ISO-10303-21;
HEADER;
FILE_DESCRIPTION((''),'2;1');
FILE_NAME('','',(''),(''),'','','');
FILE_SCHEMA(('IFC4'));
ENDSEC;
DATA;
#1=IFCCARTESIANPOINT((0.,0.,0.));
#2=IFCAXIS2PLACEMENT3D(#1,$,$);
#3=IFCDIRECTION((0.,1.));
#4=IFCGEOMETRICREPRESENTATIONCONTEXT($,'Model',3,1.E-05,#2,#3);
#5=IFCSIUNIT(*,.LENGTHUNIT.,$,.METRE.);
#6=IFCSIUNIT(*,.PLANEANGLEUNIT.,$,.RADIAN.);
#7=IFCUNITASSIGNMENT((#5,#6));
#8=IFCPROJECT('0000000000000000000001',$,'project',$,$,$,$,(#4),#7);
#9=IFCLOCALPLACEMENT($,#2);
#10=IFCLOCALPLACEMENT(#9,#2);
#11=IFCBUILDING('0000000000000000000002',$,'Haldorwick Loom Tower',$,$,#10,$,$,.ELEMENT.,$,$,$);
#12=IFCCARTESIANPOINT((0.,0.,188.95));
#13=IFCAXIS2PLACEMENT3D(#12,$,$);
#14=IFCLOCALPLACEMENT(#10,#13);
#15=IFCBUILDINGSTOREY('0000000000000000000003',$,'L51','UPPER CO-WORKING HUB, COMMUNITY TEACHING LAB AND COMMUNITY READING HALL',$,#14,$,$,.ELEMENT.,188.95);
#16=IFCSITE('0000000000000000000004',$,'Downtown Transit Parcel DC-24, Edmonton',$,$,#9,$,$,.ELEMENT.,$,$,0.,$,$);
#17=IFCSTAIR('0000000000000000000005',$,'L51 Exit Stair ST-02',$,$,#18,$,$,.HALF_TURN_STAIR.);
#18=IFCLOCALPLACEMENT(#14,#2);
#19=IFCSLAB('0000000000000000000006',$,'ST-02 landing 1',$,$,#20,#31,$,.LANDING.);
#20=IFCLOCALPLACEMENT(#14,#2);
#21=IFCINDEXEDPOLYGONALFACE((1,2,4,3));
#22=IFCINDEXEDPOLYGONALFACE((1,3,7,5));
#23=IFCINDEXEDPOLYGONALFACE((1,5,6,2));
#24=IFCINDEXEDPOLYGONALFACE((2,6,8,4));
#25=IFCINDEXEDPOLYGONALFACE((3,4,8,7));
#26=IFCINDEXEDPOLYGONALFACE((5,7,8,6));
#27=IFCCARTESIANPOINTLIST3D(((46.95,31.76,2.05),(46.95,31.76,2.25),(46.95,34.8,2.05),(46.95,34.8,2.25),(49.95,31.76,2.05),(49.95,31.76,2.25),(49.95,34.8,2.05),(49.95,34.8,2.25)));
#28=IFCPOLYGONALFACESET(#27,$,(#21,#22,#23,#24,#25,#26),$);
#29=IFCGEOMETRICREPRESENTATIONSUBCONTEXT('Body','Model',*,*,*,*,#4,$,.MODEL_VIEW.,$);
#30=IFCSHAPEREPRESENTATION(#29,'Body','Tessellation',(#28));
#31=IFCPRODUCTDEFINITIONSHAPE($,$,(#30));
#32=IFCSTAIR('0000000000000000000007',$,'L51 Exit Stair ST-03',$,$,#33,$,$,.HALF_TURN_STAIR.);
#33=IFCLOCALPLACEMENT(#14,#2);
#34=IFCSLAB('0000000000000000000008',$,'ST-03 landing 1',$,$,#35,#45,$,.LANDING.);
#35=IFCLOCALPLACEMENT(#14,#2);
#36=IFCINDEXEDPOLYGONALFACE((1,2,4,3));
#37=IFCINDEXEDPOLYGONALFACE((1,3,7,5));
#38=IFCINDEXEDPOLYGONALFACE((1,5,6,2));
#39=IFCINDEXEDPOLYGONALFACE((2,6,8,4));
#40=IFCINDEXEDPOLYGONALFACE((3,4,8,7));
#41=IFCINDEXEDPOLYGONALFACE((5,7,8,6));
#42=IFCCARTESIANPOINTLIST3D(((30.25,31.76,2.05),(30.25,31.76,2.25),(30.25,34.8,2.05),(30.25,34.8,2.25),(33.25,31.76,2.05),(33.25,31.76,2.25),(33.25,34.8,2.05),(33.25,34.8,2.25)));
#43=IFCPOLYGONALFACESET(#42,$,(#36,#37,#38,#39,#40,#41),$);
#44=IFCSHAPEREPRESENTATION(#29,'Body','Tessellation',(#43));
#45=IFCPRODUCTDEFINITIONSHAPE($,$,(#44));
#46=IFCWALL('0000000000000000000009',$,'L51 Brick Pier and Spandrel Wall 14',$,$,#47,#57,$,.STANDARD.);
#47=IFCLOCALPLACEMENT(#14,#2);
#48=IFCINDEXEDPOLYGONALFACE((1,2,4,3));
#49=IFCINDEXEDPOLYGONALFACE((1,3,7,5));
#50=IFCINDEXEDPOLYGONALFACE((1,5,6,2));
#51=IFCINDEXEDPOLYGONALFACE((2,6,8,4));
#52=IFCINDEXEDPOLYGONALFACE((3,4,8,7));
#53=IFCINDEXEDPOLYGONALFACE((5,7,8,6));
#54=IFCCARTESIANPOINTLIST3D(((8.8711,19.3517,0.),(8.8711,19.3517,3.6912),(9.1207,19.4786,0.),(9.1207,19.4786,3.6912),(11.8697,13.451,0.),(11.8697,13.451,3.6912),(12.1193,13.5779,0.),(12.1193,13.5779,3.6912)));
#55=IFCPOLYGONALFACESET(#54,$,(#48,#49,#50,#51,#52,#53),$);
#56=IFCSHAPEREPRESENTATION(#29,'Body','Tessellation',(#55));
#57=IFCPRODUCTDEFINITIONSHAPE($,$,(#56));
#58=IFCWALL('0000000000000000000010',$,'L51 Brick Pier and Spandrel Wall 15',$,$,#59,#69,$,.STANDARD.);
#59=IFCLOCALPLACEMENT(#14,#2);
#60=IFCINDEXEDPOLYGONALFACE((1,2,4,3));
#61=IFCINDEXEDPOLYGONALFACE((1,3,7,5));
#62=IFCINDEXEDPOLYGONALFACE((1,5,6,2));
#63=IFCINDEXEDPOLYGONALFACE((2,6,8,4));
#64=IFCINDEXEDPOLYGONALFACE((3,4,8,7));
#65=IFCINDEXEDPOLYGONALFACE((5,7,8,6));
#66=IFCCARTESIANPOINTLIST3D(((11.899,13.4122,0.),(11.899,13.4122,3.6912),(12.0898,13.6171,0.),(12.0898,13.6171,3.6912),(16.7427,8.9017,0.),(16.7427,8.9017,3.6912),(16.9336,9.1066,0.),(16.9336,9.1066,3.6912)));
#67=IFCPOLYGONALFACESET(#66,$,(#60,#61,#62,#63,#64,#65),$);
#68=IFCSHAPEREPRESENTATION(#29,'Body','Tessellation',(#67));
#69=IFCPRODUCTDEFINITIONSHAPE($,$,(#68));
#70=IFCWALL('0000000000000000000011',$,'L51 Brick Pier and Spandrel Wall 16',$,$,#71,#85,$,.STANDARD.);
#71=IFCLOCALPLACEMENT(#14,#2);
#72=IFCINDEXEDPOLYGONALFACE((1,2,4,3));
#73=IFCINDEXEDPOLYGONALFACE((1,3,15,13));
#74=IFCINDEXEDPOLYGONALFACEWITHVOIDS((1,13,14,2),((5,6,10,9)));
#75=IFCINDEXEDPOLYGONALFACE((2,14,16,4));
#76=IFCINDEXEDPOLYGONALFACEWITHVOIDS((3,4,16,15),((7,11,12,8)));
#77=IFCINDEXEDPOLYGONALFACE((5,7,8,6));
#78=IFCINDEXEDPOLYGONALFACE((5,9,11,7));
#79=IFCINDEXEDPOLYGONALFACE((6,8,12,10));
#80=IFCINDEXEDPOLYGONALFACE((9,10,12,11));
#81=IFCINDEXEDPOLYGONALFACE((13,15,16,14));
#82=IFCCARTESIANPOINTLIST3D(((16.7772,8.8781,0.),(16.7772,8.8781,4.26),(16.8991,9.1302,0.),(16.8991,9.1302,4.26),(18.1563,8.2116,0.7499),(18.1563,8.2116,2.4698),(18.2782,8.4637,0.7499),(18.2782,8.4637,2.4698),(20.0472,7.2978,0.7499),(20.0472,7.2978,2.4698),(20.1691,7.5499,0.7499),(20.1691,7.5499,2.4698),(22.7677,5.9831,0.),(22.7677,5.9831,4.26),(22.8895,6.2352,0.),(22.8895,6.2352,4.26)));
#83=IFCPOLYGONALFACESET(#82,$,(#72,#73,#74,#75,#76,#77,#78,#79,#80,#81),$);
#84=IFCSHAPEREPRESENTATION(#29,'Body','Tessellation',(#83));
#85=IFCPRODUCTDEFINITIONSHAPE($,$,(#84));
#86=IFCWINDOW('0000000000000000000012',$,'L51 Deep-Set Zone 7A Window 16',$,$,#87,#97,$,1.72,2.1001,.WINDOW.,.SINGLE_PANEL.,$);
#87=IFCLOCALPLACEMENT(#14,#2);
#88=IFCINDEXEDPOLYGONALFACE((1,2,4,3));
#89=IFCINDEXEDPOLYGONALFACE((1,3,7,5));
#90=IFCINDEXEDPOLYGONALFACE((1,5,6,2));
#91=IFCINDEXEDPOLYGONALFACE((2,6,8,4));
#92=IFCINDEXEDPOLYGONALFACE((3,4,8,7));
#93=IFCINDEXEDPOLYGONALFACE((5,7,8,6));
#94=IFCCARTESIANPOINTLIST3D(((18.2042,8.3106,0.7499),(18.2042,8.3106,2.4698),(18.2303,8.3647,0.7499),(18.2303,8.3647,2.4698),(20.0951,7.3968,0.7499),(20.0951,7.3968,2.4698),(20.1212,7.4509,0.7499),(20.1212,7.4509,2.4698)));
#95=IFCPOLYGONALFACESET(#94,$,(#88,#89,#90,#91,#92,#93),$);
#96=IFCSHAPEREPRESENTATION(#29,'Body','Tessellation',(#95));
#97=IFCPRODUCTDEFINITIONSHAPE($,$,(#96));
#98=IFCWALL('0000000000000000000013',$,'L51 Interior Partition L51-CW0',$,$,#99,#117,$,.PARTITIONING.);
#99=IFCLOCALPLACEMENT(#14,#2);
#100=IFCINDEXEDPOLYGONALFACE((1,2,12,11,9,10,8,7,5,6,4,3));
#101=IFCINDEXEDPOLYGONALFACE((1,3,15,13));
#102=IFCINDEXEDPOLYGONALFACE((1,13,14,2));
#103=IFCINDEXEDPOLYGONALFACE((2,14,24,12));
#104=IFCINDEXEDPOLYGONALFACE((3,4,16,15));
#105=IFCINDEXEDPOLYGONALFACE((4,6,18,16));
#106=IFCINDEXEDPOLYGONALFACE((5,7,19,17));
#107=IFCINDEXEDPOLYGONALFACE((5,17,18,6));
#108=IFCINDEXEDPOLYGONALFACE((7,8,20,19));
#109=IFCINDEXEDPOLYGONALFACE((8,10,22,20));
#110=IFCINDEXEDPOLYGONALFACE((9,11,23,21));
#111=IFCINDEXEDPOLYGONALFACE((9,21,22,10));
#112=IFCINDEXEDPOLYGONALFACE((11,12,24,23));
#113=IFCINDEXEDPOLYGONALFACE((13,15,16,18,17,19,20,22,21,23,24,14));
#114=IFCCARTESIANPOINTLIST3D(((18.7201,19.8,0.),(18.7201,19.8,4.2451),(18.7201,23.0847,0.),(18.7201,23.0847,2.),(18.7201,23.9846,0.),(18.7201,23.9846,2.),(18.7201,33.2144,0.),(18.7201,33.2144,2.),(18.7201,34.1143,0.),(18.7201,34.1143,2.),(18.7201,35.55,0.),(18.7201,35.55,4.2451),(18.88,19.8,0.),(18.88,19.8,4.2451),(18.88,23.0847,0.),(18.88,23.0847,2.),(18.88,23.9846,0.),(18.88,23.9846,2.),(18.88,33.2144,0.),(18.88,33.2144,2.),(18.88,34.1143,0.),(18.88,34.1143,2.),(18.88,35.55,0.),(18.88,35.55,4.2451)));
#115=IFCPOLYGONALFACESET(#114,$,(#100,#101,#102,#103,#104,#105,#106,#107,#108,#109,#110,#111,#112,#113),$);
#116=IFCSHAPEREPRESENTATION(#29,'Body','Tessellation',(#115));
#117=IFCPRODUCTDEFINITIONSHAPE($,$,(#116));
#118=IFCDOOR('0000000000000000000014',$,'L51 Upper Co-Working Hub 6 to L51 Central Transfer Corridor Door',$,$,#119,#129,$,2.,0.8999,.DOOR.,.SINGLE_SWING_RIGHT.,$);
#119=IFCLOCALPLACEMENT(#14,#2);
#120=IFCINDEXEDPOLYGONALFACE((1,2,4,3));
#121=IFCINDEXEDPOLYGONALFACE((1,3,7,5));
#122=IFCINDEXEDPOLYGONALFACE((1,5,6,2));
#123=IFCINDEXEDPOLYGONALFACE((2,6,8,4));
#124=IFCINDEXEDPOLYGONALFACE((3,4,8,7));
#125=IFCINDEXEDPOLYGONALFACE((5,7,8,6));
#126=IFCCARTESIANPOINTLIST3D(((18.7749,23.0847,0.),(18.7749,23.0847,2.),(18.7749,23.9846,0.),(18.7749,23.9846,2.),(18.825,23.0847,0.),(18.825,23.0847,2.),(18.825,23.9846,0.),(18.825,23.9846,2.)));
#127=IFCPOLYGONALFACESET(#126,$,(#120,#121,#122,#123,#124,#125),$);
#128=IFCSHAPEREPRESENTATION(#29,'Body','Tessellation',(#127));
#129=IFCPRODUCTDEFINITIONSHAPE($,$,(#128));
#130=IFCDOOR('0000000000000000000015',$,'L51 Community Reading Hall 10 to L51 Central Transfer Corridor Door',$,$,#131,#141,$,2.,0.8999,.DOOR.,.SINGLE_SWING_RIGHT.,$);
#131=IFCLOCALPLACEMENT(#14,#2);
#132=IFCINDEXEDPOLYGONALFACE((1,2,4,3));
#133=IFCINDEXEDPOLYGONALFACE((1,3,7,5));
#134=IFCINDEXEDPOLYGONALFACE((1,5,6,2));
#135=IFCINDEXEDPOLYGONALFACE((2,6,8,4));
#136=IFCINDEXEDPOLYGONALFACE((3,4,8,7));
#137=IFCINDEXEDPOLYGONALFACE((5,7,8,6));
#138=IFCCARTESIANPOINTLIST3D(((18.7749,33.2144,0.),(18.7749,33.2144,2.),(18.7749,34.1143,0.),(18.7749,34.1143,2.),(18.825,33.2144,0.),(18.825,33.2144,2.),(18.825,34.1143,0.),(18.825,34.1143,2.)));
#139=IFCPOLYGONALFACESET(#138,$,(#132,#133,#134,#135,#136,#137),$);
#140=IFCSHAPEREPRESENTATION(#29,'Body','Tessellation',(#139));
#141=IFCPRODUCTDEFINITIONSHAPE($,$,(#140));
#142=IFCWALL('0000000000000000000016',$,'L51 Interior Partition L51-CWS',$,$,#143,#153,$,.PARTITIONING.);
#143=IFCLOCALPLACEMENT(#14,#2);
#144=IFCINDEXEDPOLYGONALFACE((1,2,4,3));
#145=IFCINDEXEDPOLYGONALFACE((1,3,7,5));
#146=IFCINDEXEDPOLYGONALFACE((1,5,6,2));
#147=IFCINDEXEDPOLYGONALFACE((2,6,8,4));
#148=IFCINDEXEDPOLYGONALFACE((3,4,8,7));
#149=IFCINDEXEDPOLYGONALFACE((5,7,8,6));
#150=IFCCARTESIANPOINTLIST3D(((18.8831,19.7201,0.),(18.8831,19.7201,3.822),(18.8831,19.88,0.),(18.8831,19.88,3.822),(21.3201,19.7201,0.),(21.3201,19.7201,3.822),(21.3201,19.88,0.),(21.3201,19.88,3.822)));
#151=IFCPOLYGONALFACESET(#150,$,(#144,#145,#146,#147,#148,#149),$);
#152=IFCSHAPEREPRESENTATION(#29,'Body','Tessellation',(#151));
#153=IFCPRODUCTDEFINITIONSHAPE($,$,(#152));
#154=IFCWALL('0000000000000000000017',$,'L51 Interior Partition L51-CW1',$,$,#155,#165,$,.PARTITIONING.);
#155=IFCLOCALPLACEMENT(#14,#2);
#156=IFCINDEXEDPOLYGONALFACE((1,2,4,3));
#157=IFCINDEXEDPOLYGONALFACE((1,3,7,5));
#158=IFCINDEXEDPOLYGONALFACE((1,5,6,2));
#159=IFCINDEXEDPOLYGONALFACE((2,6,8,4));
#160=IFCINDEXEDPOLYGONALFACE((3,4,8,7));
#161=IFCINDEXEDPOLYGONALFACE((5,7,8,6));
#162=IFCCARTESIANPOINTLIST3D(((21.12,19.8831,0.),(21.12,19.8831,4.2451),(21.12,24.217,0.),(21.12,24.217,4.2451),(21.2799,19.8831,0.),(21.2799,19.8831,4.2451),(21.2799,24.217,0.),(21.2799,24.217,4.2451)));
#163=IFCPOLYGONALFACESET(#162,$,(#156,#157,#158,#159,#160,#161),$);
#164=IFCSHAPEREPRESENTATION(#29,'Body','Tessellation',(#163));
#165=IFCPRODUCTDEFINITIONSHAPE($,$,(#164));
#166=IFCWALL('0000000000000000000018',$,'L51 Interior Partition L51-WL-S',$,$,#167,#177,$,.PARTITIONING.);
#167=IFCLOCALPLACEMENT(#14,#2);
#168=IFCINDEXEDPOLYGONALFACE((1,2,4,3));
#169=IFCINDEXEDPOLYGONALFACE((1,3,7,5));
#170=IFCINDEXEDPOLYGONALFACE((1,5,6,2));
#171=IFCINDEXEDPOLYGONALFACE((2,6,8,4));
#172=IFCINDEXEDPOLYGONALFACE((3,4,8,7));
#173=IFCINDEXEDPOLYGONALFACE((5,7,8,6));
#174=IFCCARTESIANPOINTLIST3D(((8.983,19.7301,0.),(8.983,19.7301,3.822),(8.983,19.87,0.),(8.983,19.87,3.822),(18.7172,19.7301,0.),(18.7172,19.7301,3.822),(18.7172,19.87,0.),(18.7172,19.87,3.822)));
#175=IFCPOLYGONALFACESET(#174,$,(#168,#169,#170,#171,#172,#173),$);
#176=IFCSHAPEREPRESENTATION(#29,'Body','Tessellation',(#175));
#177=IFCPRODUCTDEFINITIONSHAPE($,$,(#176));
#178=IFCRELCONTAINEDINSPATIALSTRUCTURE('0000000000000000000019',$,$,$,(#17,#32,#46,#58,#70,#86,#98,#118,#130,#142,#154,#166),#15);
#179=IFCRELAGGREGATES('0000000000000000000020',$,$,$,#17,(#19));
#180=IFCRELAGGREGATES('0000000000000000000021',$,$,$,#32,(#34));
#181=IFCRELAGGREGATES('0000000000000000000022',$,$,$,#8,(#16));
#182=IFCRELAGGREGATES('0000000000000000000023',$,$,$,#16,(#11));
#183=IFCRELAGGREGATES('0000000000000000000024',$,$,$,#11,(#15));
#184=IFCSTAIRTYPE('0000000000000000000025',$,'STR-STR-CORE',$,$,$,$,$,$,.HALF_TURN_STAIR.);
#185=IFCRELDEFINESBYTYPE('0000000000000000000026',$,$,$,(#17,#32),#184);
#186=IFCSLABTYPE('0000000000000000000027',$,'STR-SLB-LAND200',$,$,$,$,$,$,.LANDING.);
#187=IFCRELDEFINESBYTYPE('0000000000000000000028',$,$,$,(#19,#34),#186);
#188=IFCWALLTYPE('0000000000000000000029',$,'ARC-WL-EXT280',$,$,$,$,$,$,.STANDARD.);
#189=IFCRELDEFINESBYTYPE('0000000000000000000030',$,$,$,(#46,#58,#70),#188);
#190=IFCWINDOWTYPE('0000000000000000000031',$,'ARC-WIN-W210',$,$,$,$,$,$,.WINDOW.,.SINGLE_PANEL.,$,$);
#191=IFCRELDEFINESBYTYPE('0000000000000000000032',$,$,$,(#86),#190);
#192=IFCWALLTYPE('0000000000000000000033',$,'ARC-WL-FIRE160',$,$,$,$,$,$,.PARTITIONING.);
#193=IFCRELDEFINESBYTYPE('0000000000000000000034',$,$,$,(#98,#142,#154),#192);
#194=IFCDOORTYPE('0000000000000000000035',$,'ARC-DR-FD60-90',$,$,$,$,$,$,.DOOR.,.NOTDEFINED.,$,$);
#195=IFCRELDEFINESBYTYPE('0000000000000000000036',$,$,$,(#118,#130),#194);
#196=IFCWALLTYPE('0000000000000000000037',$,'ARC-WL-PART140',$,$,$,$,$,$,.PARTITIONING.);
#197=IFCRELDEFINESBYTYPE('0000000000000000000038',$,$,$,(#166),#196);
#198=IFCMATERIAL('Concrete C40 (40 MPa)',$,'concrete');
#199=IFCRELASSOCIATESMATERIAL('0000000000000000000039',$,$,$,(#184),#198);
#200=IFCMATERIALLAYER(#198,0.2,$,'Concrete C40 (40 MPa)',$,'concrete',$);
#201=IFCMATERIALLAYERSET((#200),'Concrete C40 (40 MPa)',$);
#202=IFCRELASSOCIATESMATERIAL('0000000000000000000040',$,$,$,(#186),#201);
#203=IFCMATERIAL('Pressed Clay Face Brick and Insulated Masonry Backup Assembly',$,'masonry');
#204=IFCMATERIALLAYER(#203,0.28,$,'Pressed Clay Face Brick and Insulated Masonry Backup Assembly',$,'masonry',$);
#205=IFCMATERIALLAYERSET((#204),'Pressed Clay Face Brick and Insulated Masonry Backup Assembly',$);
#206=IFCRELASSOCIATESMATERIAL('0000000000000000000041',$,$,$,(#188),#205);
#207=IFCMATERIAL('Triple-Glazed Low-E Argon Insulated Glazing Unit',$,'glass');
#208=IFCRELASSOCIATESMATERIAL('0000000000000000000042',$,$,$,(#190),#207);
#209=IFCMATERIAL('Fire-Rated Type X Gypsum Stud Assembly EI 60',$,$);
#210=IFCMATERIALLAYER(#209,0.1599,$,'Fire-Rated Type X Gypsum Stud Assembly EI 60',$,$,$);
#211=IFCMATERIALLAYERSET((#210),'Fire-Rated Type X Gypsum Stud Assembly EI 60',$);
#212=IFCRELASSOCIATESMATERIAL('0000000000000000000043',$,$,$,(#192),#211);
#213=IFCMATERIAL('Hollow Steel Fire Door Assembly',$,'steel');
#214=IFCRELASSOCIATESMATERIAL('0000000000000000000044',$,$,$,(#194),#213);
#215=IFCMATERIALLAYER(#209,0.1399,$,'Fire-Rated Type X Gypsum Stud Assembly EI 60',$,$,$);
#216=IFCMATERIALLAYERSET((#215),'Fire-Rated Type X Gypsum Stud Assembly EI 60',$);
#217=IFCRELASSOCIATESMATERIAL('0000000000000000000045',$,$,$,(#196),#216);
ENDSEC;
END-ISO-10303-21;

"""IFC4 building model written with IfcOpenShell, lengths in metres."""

from ifc_helpers import new_model, si_unit, direction, frame, frame_2d, origin, place, context, subcontext, project, spatial, polyline, rectangle, outline, extrude, material, layer, layer_set, type_object, element, fill, aggregate, save


model = new_model("IFC4")

# Units and contexts
model_context = context("Model", 3, precision=1e-05, world=origin(), true_north=direction((0.0, 1.0)))
body_context = subcontext(model_context, "Body", "Model", "MODEL_VIEW")
ifc_project = project(units=[si_unit("LENGTHUNIT", "METRE"), si_unit("PLANEANGLEUNIT", "RADIAN")], contexts=[model_context])

# Site, building, storey
site_placement = place(None, origin())
site = spatial("IfcSite", under=ifc_project, at=site_placement, Name="Downtown Transit Parcel DC-24, Edmonton", CompositionType="ELEMENT", RefElevation=0.0)
building_placement = place(site_placement, origin())
building = spatial("IfcBuilding", under=site, at=building_placement, Name="Haldorwick Loom Tower", CompositionType="ELEMENT")
storey_placement = place(building_placement, frame((0.0, 0.0, 188.95)))
storey = spatial("IfcBuildingStorey", under=building, at=storey_placement, Name="L51", Description="UPPER CO-WORKING HUB, COMMUNITY TEACHING LAB AND COMMUNITY READING HALL", CompositionType="ELEMENT", Elevation=188.95)

# Shared definitions
ifc_material_1 = material(Name="Concrete C40 (40 MPa)", Category="concrete")

# Stairs, slabs
stair_type = type_object("IfcStairType", Name="STR-STR-CORE", PredefinedType="HALF_TURN_STAIR", material=ifc_material_1)
ifc_layer_1 = layer(ifc_material_1, 0.2, Name="Concrete C40 (40 MPa)", Category="concrete")
ifc_layer_set_1 = layer_set([ifc_layer_1], Name="Concrete C40 (40 MPa)")
slab_type_1 = type_object("IfcSlabType", Name="STR-SLB-LAND200", PredefinedType="LANDING", material=ifc_layer_set_1)
stair_1_placement = place(storey_placement, origin())
stair_1 = element("IfcStair", 1, at=stair_1_placement, inside=storey, type_object=stair_type, Name="L51 Exit Stair ST-02", PredefinedType="HALF_TURN_STAIR")
slab_1_placement = place(storey_placement, frame((0.0, 0.0, 2.05)))
slab_1 = element("IfcSlab", 2, at=slab_1_placement, type_object=slab_type_1, Name="ST-02 landing 1", PredefinedType="LANDING", context=body_context, shape_type="SweptSolid", body=[
    extrude(outline(polyline([(49.95, 31.76), (49.95, 34.8), (46.95, 34.8), (46.95, 31.76), (49.95, 31.76)])), origin(), (0.0, 0.0, 1.0), 0.2),
])
aggregate(stair_1, [slab_1])
stair_2_placement = place(storey_placement, origin())
stair_2 = element("IfcStair", 3, at=stair_2_placement, inside=storey, type_object=stair_type, Name="L51 Exit Stair ST-03", PredefinedType="HALF_TURN_STAIR")
slab_2_placement = place(storey_placement, frame((0.0, 0.0, 2.05)))
slab_2 = element("IfcSlab", 4, at=slab_2_placement, type_object=slab_type_1, Name="ST-03 landing 1", PredefinedType="LANDING", context=body_context, shape_type="SweptSolid", body=[
    extrude(outline(polyline([(33.25, 31.76), (33.25, 34.8), (30.25, 34.8), (30.25, 31.76), (33.25, 31.76)])), origin(), (0.0, 0.0, 1.0), 0.2),
])
aggregate(stair_2, [slab_2])

# Walls
ifc_material_2 = material(Name="Pressed Clay Face Brick and Insulated Masonry Backup Assembly", Category="masonry")
ifc_layer_2 = layer(ifc_material_2, 0.28, Name="Pressed Clay Face Brick and Insulated Masonry Backup Assembly", Category="masonry")
ifc_layer_set_2 = layer_set([ifc_layer_2], Name="Pressed Clay Face Brick and Insulated Masonry Backup Assembly")
wall_type_1 = type_object("IfcWallType", Name="ARC-WL-EXT280", PredefinedType="STANDARD", material=ifc_layer_set_2)
wall_1_placement = place(storey_placement, frame((8.9958, 19.4153, 0.0), z_axis=(0.0, 0.0, 1.0), x_axis=(0.453032, -0.891494, 0.0)))
element("IfcWall", 5, at=wall_1_placement, inside=storey, type_object=wall_type_1, Name="L51 Brick Pier and Spandrel Wall 14", PredefinedType="STANDARD", context=body_context, shape_type="SweptSolid", body=[
    extrude(rectangle(XDim=6.6189, YDim=0.28, at=frame_2d((3.3096, 0.0))), origin(), (0.0, 0.0, 1.0), 3.6912),
])
wall_2_placement = place(storey_placement, frame((11.9944, 13.5146, 0.0), z_axis=(0.0, 0.0, 1.0), x_axis=(0.731834, -0.681483, 0.0)))
element("IfcWall", 6, at=wall_2_placement, inside=storey, type_object=wall_type_1, Name="L51 Brick Pier and Spandrel Wall 15", PredefinedType="STANDARD", context=body_context, shape_type="SweptSolid", body=[
    extrude(rectangle(XDim=6.6187, YDim=0.28, at=frame_2d((3.3093, 0.0))), origin(), (0.0, 0.0, 1.0), 3.6912),
])

# Wall, opening, window
wall_3_placement = place(storey_placement, frame((16.8381, 9.0042, 0.0), z_axis=(0.0, 0.0, 1.0), x_axis=(0.900371, -0.435123, 0.0)))
wall_3 = element("IfcWall", 7, at=wall_3_placement, inside=storey, type_object=wall_type_1, Name="L51 Brick Pier and Spandrel Wall 16", PredefinedType="STANDARD", context=body_context, shape_type="SweptSolid", body=[
    extrude(rectangle(XDim=6.6533, YDim=0.28, at=frame_2d((3.3267, 0.0))), origin(), (0.0, 0.0, 1.0), 4.26),
])
opening_1_placement = place(wall_3_placement, frame((1.5317, 0.0, 0.75)))
opening_1 = element("IfcOpeningElement", 8, at=opening_1_placement, cuts=wall_3, PredefinedType="OPENING", context=body_context, shape_type="SweptSolid", body=[
    extrude(rectangle(XDim=2.1001, YDim=1.72, at=frame_2d((1.05, 0.8599))), frame((0.0, 0.1499, 0.0), z_axis=(0.0, -1.0, 0.0), x_axis=(1.0, 0.0, 0.0)), (0.0, 0.0, 1.0), 0.3),
])
ifc_material_3 = material(Name="Triple-Glazed Low-E Argon Insulated Glazing Unit", Category="glass")
window_type = type_object("IfcWindowType", Name="ARC-WIN-W210", PartitioningType="SINGLE_PANEL", PredefinedType="WINDOW", material=ifc_material_3)
window_placement = place(opening_1_placement, origin())
window = element("IfcWindow", 9, at=window_placement, inside=storey, type_object=window_type, Name="L51 Deep-Set Zone 7A Window 16", OverallHeight=1.72, OverallWidth=2.1001, PartitioningType="SINGLE_PANEL", PredefinedType="WINDOW", context=body_context, shape_type="SweptSolid", body=[
    extrude(rectangle(XDim=2.1001, YDim=1.72, at=frame_2d((1.05, 0.8599))), frame((0.0, 0.03, 0.0), z_axis=(0.0, -1.0, 0.0), x_axis=(1.0, 0.0, 0.0)), (0.0, 0.0, 1.0), 0.0601),
])
fill(opening_1, window)

# Wall, openings, doors
ifc_material_4 = material(Name="Fire-Rated Type X Gypsum Stud Assembly EI 60")
ifc_layer_3 = layer(ifc_material_4, 0.1599, Name="Fire-Rated Type X Gypsum Stud Assembly EI 60")
ifc_layer_set_3 = layer_set([ifc_layer_3], Name="Fire-Rated Type X Gypsum Stud Assembly EI 60")
wall_type_2 = type_object("IfcWallType", Name="ARC-WL-FIRE160", PredefinedType="PARTITIONING", material=ifc_layer_set_3)
wall_4_placement = place(storey_placement, frame((18.8, 19.8, 0.0), z_axis=(0.0, 0.0, 1.0), x_axis=(0.0, 1.0, 0.0)))
wall_4 = element("IfcWall", 10, at=wall_4_placement, inside=storey, type_object=wall_type_2, Name="L51 Interior Partition L51-CW0", PredefinedType="PARTITIONING", context=body_context, shape_type="SweptSolid", body=[
    extrude(rectangle(XDim=15.75, YDim=0.1599, at=frame_2d((7.875, 0.0))), origin(), (0.0, 0.0, 1.0), 4.2451),
])
opening_2_placement = place(wall_4_placement, frame((3.2847, 0.0, 0.0)))
opening_2 = element("IfcOpeningElement", 11, at=opening_2_placement, cuts=wall_4, PredefinedType="OPENING", context=body_context, shape_type="SweptSolid", body=[
    extrude(rectangle(XDim=0.8999, YDim=2.0, at=frame_2d((0.45, 1.0))), frame((0.0, 0.0898, 0.0), z_axis=(0.0, -1.0, 0.0), x_axis=(1.0, 0.0, 0.0)), (0.0, 0.0, 1.0), 0.1799),
])
opening_3_placement = place(wall_4_placement, frame((13.4143, 0.0, 0.0)))
opening_3 = element("IfcOpeningElement", 12, at=opening_3_placement, cuts=wall_4, PredefinedType="OPENING", context=body_context, shape_type="SweptSolid", body=[
    extrude(rectangle(XDim=0.8999, YDim=2.0, at=frame_2d((0.45, 1.0))), frame((0.0, 0.0898, 0.0), z_axis=(0.0, -1.0, 0.0), x_axis=(1.0, 0.0, 0.0)), (0.0, 0.0, 1.0), 0.1799),
])
ifc_material_5 = material(Name="Hollow Steel Fire Door Assembly", Category="steel")
door_type = type_object("IfcDoorType", Name="ARC-DR-FD60-90", OperationType="NOTDEFINED", PredefinedType="DOOR", material=ifc_material_5)
door_1_placement = place(opening_2_placement, frame((0.8999, 0.0, 0.0), z_axis=(0.0, 0.0, 1.0), x_axis=(-1.0, 0.0, 0.0)))
door_1 = element("IfcDoor", 13, at=door_1_placement, inside=storey, type_object=door_type, Name="L51 Upper Co-Working Hub 6 to L51 Central Transfer Corridor Door", OperationType="SINGLE_SWING_RIGHT", OverallHeight=2.0, OverallWidth=0.8999, PredefinedType="DOOR", context=body_context, shape_type="SweptSolid", body=[
    extrude(rectangle(XDim=0.8999, YDim=2.0, at=frame_2d((0.45, 1.0))), frame((0.0, 0.0249, 0.0), z_axis=(0.0, -1.0, 0.0), x_axis=(1.0, 0.0, 0.0)), (0.0, 0.0, 1.0), 0.05),
])
fill(opening_2, door_1)
door_2_placement = place(opening_3_placement, frame((0.8999, 0.0, 0.0), z_axis=(0.0, 0.0, 1.0), x_axis=(-1.0, 0.0, 0.0)))
door_2 = element("IfcDoor", 14, at=door_2_placement, inside=storey, type_object=door_type, Name="L51 Community Reading Hall 10 to L51 Central Transfer Corridor Door", OperationType="SINGLE_SWING_RIGHT", OverallHeight=2.0, OverallWidth=0.8999, PredefinedType="DOOR", context=body_context, shape_type="SweptSolid", body=[
    extrude(rectangle(XDim=0.8999, YDim=2.0, at=frame_2d((0.45, 1.0))), frame((0.0, 0.0249, 0.0), z_axis=(0.0, -1.0, 0.0), x_axis=(1.0, 0.0, 0.0)), (0.0, 0.0, 1.0), 0.05),
])
fill(opening_3, door_2)

# Walls
wall_5_placement = place(storey_placement, frame((18.8831, 19.8, 0.0), z_axis=(0.0, 0.0, 1.0), x_axis=(1.0, 0.0, 0.0)))
element("IfcWall", 15, at=wall_5_placement, inside=storey, type_object=wall_type_2, Name="L51 Interior Partition L51-CWS", PredefinedType="PARTITIONING", context=body_context, shape_type="SweptSolid", body=[
    extrude(rectangle(XDim=2.437, YDim=0.1599, at=frame_2d((1.2185, 0.0))), origin(), (0.0, 0.0, 1.0), 3.822),
])
wall_6_placement = place(storey_placement, frame((21.2, 19.8831, 0.0), z_axis=(0.0, 0.0, 1.0), x_axis=(0.0, 1.0, 0.0)))
element("IfcWall", 16, at=wall_6_placement, inside=storey, type_object=wall_type_2, Name="L51 Interior Partition L51-CW1", PredefinedType="PARTITIONING", context=body_context, shape_type="SweptSolid", body=[
    extrude(rectangle(XDim=4.334, YDim=0.1599, at=frame_2d((2.167, 0.0))), origin(), (0.0, 0.0, 1.0), 4.2451),
])
ifc_layer_4 = layer(ifc_material_4, 0.1399, Name="Fire-Rated Type X Gypsum Stud Assembly EI 60")
ifc_layer_set_4 = layer_set([ifc_layer_4], Name="Fire-Rated Type X Gypsum Stud Assembly EI 60")
wall_type_3 = type_object("IfcWallType", Name="ARC-WL-PART140", PredefinedType="PARTITIONING", material=ifc_layer_set_4)
wall_7_placement = place(storey_placement, frame((8.9829, 19.8, 0.0), z_axis=(0.0, 0.0, 1.0), x_axis=(1.0, 0.0, 0.0)))
element("IfcWall", 17, at=wall_7_placement, inside=storey, type_object=wall_type_3, Name="L51 Interior Partition L51-WL-S", PredefinedType="PARTITIONING", context=body_context, shape_type="SweptSolid", body=[
    extrude(rectangle(XDim=9.7341, YDim=0.1399, at=frame_2d((4.8672, 0.0))), origin(), (0.0, 0.0, 1.0), 3.822),
])

save(model, "model.ifc")
